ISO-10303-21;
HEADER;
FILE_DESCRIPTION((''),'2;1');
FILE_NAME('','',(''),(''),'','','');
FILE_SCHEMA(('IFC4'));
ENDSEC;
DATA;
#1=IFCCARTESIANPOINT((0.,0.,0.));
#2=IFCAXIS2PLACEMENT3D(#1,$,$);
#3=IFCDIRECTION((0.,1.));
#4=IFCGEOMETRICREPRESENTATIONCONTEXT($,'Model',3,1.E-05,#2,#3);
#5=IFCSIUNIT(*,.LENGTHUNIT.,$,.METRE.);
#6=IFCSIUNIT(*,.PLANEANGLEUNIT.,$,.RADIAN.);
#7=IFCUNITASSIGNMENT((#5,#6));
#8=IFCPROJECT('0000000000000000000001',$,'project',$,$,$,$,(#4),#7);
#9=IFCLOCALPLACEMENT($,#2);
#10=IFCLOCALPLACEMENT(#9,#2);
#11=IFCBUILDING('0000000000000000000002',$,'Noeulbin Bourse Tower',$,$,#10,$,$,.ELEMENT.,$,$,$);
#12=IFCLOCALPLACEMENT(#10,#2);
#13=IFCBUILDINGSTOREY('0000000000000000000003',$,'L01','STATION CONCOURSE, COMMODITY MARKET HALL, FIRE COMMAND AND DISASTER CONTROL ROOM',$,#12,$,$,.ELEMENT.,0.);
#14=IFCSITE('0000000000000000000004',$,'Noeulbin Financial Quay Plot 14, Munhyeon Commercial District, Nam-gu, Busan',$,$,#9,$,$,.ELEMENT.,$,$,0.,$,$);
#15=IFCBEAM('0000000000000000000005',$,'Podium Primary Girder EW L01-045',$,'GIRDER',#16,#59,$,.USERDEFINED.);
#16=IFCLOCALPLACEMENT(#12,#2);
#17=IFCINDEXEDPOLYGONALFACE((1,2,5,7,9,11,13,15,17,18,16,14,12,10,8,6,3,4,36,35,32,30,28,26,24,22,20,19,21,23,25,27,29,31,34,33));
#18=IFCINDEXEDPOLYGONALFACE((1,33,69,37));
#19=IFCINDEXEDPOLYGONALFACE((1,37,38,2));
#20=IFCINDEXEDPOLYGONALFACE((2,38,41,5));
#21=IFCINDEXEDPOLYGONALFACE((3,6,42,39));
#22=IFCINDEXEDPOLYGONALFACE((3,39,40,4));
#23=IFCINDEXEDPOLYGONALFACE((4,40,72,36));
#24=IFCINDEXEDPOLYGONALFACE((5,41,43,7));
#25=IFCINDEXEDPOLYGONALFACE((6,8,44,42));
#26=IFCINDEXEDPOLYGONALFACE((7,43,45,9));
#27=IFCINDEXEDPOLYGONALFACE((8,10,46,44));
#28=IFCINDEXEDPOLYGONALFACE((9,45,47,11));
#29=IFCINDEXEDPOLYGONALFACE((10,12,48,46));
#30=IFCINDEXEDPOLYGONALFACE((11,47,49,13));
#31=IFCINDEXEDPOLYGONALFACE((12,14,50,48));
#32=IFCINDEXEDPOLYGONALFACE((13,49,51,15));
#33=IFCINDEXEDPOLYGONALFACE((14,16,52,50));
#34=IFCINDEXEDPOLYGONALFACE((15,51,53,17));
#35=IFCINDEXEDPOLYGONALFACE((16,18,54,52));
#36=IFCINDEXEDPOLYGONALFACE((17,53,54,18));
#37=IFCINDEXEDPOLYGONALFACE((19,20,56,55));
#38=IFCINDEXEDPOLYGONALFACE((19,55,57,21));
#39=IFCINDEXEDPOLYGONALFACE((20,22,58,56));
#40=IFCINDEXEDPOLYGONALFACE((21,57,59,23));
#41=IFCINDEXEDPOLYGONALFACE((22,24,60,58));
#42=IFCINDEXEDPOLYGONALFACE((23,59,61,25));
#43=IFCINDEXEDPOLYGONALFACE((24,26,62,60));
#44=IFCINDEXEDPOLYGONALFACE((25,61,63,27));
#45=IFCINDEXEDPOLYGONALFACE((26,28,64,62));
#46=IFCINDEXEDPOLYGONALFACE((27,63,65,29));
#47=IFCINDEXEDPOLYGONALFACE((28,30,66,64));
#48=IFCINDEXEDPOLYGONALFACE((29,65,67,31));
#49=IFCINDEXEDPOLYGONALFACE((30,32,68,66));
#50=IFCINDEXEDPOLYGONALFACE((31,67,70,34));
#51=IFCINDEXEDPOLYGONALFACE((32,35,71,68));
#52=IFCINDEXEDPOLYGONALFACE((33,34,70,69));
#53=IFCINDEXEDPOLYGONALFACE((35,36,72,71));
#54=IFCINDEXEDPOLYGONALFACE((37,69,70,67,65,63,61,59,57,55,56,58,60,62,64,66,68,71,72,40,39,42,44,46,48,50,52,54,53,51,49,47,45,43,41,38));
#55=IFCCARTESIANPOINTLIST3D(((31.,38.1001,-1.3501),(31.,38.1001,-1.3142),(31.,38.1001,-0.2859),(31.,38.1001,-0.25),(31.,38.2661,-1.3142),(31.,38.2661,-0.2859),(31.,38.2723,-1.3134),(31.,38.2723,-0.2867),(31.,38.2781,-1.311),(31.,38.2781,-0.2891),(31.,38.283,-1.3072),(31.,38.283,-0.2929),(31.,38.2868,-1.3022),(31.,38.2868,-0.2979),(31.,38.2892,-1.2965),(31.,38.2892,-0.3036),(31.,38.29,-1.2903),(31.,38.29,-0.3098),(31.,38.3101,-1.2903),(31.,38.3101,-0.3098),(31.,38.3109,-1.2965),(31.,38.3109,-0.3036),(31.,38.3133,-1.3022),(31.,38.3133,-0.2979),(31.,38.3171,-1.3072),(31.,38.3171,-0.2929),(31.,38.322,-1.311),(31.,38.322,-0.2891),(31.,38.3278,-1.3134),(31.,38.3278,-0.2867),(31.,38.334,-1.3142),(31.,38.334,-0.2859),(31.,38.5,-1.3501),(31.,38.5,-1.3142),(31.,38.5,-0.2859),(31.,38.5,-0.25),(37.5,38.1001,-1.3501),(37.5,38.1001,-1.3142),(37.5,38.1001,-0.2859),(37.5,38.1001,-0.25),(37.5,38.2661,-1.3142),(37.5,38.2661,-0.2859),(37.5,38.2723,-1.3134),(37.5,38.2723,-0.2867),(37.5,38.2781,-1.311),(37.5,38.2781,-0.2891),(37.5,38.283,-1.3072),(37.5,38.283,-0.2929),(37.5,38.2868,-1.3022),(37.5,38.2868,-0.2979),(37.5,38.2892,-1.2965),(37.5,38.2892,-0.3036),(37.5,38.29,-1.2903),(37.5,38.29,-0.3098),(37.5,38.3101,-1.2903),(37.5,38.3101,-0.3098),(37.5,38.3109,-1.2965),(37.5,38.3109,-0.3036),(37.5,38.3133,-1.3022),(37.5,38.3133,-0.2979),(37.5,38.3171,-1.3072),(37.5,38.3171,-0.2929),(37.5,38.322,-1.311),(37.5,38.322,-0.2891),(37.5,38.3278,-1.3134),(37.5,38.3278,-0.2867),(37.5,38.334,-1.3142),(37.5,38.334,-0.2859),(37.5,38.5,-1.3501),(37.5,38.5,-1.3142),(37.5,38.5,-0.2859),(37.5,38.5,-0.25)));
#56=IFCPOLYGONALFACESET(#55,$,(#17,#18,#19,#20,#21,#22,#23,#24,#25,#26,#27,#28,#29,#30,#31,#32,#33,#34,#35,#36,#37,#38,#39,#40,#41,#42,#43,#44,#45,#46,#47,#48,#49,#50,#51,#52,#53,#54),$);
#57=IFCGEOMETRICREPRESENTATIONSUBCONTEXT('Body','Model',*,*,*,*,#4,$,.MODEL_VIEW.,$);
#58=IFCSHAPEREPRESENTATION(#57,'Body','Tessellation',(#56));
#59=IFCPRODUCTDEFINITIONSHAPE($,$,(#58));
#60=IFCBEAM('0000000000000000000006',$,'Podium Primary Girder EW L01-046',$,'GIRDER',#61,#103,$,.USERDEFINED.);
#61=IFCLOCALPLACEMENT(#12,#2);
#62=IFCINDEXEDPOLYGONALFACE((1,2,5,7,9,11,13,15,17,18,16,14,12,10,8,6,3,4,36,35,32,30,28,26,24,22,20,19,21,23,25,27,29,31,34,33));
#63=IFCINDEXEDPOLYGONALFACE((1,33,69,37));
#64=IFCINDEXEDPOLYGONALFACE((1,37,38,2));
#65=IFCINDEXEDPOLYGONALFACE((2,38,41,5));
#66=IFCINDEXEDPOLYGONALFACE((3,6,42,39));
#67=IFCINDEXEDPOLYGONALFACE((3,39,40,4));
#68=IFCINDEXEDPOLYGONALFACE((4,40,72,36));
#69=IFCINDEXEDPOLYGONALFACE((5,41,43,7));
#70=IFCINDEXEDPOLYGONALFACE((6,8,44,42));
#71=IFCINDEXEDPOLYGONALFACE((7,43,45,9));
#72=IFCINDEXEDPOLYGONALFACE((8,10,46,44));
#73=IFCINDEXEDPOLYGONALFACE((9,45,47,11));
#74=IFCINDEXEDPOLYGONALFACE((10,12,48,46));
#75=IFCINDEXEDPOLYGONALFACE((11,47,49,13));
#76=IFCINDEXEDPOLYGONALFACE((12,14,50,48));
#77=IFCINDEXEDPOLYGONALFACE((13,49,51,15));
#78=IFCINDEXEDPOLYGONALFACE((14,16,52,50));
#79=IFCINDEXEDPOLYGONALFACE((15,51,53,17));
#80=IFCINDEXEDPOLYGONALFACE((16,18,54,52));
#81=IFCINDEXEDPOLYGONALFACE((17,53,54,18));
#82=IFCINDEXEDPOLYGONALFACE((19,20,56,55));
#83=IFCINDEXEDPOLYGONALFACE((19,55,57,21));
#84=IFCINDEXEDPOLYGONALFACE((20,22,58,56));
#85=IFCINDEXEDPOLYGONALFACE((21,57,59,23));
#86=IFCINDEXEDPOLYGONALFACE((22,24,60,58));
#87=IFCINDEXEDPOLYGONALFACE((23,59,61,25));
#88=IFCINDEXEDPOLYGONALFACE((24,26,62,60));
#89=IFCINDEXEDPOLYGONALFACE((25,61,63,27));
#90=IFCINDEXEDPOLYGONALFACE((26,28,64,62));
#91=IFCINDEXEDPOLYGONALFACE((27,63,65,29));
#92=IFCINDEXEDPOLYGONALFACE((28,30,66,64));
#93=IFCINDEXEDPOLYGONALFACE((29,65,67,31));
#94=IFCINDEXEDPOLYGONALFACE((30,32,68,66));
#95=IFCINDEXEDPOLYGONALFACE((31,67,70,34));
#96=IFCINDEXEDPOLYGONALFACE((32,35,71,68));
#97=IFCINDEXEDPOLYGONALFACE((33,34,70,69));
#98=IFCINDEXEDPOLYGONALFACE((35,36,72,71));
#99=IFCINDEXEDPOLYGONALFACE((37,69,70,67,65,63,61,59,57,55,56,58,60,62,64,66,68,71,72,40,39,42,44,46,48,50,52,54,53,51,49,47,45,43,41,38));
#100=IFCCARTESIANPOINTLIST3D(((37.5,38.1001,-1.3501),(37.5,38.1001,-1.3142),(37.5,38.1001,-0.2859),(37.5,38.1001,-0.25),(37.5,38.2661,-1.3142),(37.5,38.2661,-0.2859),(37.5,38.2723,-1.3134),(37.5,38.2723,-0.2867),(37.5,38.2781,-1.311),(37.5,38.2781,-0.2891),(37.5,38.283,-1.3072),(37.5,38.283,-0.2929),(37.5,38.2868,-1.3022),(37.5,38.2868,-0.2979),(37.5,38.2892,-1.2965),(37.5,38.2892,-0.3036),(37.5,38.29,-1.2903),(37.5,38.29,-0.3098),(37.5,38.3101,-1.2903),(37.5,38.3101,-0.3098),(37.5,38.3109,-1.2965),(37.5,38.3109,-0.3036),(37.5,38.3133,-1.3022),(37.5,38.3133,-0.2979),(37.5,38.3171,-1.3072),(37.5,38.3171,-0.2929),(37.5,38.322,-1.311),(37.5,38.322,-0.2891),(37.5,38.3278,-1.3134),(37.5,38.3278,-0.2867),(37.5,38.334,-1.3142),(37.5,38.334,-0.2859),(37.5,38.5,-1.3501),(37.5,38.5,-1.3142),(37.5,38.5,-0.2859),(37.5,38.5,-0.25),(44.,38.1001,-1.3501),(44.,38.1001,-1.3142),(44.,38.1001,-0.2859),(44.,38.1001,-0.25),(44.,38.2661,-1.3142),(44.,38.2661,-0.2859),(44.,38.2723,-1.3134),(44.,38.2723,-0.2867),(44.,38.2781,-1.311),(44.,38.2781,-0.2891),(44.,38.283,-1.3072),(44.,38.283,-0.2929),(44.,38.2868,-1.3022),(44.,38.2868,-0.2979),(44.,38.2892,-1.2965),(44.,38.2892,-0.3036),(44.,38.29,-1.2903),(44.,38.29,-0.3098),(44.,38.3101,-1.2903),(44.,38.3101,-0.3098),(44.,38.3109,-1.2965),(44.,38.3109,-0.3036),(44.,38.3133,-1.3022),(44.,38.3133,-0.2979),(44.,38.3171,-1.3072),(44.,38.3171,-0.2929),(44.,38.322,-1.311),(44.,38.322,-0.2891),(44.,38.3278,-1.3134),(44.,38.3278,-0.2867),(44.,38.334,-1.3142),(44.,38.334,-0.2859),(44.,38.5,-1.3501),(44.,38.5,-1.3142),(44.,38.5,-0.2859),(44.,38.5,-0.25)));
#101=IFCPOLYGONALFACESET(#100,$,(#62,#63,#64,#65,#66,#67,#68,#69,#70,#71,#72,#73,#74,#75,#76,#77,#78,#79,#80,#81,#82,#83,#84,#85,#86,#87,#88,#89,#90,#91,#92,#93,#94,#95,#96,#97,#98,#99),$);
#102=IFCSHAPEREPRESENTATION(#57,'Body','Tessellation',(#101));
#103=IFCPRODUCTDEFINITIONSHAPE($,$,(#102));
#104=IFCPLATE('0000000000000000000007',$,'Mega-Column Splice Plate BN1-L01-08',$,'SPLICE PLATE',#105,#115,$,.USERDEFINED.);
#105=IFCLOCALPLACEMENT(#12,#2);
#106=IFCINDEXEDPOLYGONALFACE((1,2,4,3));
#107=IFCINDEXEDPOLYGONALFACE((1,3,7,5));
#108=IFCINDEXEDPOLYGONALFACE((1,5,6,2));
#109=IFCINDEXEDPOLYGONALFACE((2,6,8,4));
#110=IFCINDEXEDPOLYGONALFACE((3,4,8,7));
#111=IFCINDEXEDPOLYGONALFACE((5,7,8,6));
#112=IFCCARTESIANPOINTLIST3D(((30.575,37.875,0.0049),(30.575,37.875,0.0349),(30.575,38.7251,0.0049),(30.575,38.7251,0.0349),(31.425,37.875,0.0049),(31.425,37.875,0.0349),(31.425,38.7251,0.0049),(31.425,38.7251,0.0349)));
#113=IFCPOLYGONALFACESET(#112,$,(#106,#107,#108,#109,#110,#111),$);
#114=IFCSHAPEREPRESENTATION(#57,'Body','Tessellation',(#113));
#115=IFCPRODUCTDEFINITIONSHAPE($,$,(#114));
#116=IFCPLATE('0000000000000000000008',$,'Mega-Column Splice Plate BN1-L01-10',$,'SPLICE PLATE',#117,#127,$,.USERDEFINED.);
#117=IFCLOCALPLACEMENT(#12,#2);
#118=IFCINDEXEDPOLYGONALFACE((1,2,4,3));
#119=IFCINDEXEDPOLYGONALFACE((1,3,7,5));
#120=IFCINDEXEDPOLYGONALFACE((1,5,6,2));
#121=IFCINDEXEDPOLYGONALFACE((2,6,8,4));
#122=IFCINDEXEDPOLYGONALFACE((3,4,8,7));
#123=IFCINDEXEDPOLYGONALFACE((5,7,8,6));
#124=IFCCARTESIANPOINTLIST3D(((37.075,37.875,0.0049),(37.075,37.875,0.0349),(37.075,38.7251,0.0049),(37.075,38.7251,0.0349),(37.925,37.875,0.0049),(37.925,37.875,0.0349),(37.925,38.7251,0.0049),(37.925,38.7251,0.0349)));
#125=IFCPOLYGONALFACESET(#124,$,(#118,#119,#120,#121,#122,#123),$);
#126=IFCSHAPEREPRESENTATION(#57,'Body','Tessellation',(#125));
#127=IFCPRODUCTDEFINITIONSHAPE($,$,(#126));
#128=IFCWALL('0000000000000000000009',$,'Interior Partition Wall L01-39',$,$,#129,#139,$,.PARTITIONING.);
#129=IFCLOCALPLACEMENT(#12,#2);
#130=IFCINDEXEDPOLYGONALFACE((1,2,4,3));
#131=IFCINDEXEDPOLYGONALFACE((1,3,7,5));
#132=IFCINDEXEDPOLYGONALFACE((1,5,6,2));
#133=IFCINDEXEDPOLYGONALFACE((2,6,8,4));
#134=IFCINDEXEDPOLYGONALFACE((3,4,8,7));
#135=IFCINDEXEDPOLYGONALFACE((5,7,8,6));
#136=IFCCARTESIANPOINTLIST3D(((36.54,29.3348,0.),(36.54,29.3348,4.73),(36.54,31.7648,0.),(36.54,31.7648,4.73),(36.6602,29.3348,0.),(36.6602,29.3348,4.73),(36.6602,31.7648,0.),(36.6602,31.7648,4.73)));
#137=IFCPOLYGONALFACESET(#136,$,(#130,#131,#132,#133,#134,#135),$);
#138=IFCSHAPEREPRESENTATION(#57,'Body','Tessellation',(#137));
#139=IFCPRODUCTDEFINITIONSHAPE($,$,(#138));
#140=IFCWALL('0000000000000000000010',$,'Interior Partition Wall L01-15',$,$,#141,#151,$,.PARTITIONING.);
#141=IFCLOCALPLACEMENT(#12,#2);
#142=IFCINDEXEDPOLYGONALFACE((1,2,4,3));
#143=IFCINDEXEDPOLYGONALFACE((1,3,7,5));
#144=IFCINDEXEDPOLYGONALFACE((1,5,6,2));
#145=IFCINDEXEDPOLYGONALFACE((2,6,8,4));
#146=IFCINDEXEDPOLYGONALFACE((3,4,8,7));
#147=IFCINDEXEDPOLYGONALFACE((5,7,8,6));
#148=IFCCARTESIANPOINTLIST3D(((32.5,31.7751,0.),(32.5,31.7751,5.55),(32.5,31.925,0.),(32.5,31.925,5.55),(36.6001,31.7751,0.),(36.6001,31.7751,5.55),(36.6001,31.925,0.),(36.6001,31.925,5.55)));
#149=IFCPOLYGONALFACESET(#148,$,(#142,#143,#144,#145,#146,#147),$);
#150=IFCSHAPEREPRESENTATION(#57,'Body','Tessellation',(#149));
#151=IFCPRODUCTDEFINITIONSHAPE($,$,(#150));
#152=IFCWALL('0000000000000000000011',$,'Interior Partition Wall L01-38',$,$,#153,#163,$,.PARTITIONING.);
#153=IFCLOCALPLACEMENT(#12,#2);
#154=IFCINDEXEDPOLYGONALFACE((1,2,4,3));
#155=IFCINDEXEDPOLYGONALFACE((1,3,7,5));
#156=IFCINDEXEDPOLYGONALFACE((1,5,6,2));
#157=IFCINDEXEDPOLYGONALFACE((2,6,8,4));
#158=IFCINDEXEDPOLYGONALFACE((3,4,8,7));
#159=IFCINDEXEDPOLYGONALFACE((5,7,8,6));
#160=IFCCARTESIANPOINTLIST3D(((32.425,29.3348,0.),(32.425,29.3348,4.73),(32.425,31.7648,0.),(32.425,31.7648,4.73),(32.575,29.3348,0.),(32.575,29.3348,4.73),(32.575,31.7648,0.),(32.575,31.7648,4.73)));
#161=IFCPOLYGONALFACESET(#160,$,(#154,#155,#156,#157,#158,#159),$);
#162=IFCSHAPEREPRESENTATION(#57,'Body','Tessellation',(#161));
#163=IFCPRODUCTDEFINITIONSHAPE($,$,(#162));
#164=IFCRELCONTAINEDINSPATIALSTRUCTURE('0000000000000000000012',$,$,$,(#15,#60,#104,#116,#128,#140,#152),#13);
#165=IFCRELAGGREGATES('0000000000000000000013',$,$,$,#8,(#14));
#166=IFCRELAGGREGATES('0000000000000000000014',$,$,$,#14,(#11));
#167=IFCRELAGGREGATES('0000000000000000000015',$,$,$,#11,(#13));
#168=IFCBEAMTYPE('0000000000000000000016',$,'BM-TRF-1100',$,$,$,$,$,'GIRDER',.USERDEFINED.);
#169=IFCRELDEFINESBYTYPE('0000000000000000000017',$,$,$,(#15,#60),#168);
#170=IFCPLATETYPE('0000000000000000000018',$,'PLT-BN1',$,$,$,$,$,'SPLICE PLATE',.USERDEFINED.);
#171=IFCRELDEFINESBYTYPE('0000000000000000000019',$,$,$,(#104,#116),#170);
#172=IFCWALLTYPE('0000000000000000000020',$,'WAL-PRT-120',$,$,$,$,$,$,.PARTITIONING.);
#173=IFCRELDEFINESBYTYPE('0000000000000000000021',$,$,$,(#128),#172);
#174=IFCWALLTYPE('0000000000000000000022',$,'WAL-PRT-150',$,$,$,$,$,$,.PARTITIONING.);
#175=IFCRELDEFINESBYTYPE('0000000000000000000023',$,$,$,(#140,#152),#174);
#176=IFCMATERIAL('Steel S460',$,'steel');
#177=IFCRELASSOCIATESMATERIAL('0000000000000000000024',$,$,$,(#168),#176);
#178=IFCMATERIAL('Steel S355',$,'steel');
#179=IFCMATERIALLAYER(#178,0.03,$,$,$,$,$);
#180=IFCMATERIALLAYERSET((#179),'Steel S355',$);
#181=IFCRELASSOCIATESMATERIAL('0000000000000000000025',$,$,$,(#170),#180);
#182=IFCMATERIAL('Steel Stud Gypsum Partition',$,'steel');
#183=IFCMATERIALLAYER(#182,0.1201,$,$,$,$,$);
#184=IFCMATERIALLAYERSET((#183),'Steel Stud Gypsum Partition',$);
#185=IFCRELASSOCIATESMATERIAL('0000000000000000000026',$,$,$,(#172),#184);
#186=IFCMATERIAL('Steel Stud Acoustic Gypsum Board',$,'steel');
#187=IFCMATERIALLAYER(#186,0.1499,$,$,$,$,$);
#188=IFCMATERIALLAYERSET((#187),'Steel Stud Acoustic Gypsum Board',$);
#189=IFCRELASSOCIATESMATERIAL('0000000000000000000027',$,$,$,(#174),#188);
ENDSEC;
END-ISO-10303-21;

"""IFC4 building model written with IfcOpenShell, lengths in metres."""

from ifc_helpers import new_model, si_unit, direction, frame, frame_2d, origin, origin_2d, place, context, subcontext, project, spatial, rectangle, i_section, extrude, material, layer, layer_set, material_profile, profile_set, type_object, element, save


model = new_model("IFC4")

# Units and contexts
model_context = context("Model", 3, precision=1e-05, world=origin(), true_north=direction((0.0, 1.0)))
body_context = subcontext(model_context, "Body", "Model", "MODEL_VIEW")
ifc_project = project(units=[si_unit("LENGTHUNIT", "METRE"), si_unit("PLANEANGLEUNIT", "RADIAN")], contexts=[model_context])

# Site, building, storey
site_placement = place(None, origin())
site = spatial("IfcSite", under=ifc_project, at=site_placement, Name="Noeulbin Financial Quay Plot 14, Munhyeon Commercial District, Nam-gu, Busan", CompositionType="ELEMENT", RefElevation=0.0)
building_placement = place(site_placement, origin())
building = spatial("IfcBuilding", under=site, at=building_placement, Name="Noeulbin Bourse Tower", CompositionType="ELEMENT")
storey_placement = place(building_placement, origin())
storey = spatial("IfcBuildingStorey", under=building, at=storey_placement, Name="L01", Description="STATION CONCOURSE, COMMODITY MARKET HALL, FIRE COMMAND AND DISASTER CONTROL ROOM", CompositionType="ELEMENT", Elevation=0.0)

# Shared definitions
ifc_material_1 = material(Name="Steel S460", Category="steel")

# Beams
ifc_material_2 = material(Name="Steel S355", Category="steel")
ifc_material_profile_1 = material_profile(ifc_material_1, i_section(OverallWidth=0.3999, OverallDepth=1.1001, WebThickness=0.02, FlangeThickness=0.0359, FilletRadius=0.0239, at=origin_2d()), Name="PG-1100x400x20x36", Category="LoadBearing")
ifc_profile_set_1 = profile_set([ifc_material_profile_1], Name="Steel S460")
beam_type_1 = type_object("IfcBeamType", Name="BM-TRF-1100", ElementType="GIRDER", PredefinedType="USERDEFINED", material=ifc_profile_set_1)
for number, where, z_axis, x_axis, name in (
    (1, (31.0, 38.3, -0.8), (1.0, 0.0, 0.0), (0.0, 1.0, 0.0), "Podium Primary Girder EW L01-045"),
    (2, (37.5, 38.3, -0.8), (1.0, 0.0, 0.0), (0.0, 1.0, 0.0), "Podium Primary Girder EW L01-046"),
):
    element("IfcBeam", number, at=place(storey_placement, frame(where, z_axis=z_axis, x_axis=x_axis)), inside=storey, type_object=beam_type_1, Name=name, ObjectType="GIRDER", PredefinedType="USERDEFINED", context=body_context, shape_type="SweptSolid", body=[
        extrude(i_section(OverallWidth=0.3999, OverallDepth=1.1001, WebThickness=0.02, FlangeThickness=0.0359, FilletRadius=0.0239, at=origin_2d()), origin(), (0.0, 0.0, 1.0), 6.5),
    ])

# Plates
ifc_layer_1 = layer(ifc_material_2, 0.03)
ifc_layer_set_1 = layer_set([ifc_layer_1], Name="Steel S355")
plate_type = type_object("IfcPlateType", Name="PLT-BN1", ElementType="SPLICE PLATE", PredefinedType="USERDEFINED", material=ifc_layer_set_1)
for number, where, z_axis, x_axis, name in (
    (3, (31.0, 38.3, 0.0049), (0.0, 0.0, 1.0), (1.0, 0.0, 0.0), "Mega-Column Splice Plate BN1-L01-08"),
    (4, (37.5, 38.3, 0.0049), (0.0, 0.0, 1.0), (1.0, 0.0, 0.0), "Mega-Column Splice Plate BN1-L01-10"),
):
    element("IfcPlate", number, at=place(storey_placement, frame(where, z_axis=z_axis, x_axis=x_axis)), inside=storey, type_object=plate_type, Name=name, ObjectType="SPLICE PLATE", PredefinedType="USERDEFINED", context=body_context, shape_type="SweptSolid", body=[
        extrude(rectangle(XDim=0.8501, YDim=0.8501, at=origin_2d()), origin(), (0.0, 0.0, 1.0), 0.03),
    ])

# Walls
ifc_material_3 = material(Name="Steel Stud Gypsum Partition", Category="steel")
ifc_layer_2 = layer(ifc_material_3, 0.1201)
ifc_layer_set_2 = layer_set([ifc_layer_2], Name="Steel Stud Gypsum Partition")
wall_type_1 = type_object("IfcWallType", Name="WAL-PRT-120", PredefinedType="PARTITIONING", material=ifc_layer_set_2)
wall_1_placement = place(storey_placement, frame((36.6001, 29.335, 0.0), z_axis=(0.0, 0.0, 1.0), x_axis=(0.0, 1.0, 0.0)))
element("IfcWall", 5, at=wall_1_placement, inside=storey, type_object=wall_type_1, Name="Interior Partition Wall L01-39", PredefinedType="PARTITIONING", context=body_context, shape_type="SweptSolid", body=[
    extrude(rectangle(XDim=2.4299, YDim=0.1201, at=frame_2d((1.2148, 0.0))), origin(), (0.0, 0.0, 1.0), 4.73),
])
ifc_material_4 = material(Name="Steel Stud Acoustic Gypsum Board", Category="steel")
ifc_layer_3 = layer(ifc_material_4, 0.1499)
ifc_layer_set_3 = layer_set([ifc_layer_3], Name="Steel Stud Acoustic Gypsum Board")
wall_type_2 = type_object("IfcWallType", Name="WAL-PRT-150", PredefinedType="PARTITIONING", material=ifc_layer_set_3)
wall_2_placement = place(storey_placement, frame((32.5, 31.8501, 0.0), z_axis=(0.0, 0.0, 1.0), x_axis=(1.0, 0.0, 0.0)))
element("IfcWall", 6, at=wall_2_placement, inside=storey, type_object=wall_type_2, Name="Interior Partition Wall L01-15", PredefinedType="PARTITIONING", context=body_context, shape_type="SweptSolid", body=[
    extrude(rectangle(XDim=4.1001, YDim=0.1499, at=frame_2d((2.05, 0.0))), origin(), (0.0, 0.0, 1.0), 5.55),
])
wall_3_placement = place(storey_placement, frame((32.5, 29.335, 0.0), z_axis=(0.0, 0.0, 1.0), x_axis=(0.0, 1.0, 0.0)))
element("IfcWall", 7, at=wall_3_placement, inside=storey, type_object=wall_type_2, Name="Interior Partition Wall L01-38", PredefinedType="PARTITIONING", context=body_context, shape_type="SweptSolid", body=[
    extrude(rectangle(XDim=2.4299, YDim=0.1499, at=frame_2d((1.2148, 0.0))), origin(), (0.0, 0.0, 1.0), 4.73),
])

save(model, "model.ifc")
